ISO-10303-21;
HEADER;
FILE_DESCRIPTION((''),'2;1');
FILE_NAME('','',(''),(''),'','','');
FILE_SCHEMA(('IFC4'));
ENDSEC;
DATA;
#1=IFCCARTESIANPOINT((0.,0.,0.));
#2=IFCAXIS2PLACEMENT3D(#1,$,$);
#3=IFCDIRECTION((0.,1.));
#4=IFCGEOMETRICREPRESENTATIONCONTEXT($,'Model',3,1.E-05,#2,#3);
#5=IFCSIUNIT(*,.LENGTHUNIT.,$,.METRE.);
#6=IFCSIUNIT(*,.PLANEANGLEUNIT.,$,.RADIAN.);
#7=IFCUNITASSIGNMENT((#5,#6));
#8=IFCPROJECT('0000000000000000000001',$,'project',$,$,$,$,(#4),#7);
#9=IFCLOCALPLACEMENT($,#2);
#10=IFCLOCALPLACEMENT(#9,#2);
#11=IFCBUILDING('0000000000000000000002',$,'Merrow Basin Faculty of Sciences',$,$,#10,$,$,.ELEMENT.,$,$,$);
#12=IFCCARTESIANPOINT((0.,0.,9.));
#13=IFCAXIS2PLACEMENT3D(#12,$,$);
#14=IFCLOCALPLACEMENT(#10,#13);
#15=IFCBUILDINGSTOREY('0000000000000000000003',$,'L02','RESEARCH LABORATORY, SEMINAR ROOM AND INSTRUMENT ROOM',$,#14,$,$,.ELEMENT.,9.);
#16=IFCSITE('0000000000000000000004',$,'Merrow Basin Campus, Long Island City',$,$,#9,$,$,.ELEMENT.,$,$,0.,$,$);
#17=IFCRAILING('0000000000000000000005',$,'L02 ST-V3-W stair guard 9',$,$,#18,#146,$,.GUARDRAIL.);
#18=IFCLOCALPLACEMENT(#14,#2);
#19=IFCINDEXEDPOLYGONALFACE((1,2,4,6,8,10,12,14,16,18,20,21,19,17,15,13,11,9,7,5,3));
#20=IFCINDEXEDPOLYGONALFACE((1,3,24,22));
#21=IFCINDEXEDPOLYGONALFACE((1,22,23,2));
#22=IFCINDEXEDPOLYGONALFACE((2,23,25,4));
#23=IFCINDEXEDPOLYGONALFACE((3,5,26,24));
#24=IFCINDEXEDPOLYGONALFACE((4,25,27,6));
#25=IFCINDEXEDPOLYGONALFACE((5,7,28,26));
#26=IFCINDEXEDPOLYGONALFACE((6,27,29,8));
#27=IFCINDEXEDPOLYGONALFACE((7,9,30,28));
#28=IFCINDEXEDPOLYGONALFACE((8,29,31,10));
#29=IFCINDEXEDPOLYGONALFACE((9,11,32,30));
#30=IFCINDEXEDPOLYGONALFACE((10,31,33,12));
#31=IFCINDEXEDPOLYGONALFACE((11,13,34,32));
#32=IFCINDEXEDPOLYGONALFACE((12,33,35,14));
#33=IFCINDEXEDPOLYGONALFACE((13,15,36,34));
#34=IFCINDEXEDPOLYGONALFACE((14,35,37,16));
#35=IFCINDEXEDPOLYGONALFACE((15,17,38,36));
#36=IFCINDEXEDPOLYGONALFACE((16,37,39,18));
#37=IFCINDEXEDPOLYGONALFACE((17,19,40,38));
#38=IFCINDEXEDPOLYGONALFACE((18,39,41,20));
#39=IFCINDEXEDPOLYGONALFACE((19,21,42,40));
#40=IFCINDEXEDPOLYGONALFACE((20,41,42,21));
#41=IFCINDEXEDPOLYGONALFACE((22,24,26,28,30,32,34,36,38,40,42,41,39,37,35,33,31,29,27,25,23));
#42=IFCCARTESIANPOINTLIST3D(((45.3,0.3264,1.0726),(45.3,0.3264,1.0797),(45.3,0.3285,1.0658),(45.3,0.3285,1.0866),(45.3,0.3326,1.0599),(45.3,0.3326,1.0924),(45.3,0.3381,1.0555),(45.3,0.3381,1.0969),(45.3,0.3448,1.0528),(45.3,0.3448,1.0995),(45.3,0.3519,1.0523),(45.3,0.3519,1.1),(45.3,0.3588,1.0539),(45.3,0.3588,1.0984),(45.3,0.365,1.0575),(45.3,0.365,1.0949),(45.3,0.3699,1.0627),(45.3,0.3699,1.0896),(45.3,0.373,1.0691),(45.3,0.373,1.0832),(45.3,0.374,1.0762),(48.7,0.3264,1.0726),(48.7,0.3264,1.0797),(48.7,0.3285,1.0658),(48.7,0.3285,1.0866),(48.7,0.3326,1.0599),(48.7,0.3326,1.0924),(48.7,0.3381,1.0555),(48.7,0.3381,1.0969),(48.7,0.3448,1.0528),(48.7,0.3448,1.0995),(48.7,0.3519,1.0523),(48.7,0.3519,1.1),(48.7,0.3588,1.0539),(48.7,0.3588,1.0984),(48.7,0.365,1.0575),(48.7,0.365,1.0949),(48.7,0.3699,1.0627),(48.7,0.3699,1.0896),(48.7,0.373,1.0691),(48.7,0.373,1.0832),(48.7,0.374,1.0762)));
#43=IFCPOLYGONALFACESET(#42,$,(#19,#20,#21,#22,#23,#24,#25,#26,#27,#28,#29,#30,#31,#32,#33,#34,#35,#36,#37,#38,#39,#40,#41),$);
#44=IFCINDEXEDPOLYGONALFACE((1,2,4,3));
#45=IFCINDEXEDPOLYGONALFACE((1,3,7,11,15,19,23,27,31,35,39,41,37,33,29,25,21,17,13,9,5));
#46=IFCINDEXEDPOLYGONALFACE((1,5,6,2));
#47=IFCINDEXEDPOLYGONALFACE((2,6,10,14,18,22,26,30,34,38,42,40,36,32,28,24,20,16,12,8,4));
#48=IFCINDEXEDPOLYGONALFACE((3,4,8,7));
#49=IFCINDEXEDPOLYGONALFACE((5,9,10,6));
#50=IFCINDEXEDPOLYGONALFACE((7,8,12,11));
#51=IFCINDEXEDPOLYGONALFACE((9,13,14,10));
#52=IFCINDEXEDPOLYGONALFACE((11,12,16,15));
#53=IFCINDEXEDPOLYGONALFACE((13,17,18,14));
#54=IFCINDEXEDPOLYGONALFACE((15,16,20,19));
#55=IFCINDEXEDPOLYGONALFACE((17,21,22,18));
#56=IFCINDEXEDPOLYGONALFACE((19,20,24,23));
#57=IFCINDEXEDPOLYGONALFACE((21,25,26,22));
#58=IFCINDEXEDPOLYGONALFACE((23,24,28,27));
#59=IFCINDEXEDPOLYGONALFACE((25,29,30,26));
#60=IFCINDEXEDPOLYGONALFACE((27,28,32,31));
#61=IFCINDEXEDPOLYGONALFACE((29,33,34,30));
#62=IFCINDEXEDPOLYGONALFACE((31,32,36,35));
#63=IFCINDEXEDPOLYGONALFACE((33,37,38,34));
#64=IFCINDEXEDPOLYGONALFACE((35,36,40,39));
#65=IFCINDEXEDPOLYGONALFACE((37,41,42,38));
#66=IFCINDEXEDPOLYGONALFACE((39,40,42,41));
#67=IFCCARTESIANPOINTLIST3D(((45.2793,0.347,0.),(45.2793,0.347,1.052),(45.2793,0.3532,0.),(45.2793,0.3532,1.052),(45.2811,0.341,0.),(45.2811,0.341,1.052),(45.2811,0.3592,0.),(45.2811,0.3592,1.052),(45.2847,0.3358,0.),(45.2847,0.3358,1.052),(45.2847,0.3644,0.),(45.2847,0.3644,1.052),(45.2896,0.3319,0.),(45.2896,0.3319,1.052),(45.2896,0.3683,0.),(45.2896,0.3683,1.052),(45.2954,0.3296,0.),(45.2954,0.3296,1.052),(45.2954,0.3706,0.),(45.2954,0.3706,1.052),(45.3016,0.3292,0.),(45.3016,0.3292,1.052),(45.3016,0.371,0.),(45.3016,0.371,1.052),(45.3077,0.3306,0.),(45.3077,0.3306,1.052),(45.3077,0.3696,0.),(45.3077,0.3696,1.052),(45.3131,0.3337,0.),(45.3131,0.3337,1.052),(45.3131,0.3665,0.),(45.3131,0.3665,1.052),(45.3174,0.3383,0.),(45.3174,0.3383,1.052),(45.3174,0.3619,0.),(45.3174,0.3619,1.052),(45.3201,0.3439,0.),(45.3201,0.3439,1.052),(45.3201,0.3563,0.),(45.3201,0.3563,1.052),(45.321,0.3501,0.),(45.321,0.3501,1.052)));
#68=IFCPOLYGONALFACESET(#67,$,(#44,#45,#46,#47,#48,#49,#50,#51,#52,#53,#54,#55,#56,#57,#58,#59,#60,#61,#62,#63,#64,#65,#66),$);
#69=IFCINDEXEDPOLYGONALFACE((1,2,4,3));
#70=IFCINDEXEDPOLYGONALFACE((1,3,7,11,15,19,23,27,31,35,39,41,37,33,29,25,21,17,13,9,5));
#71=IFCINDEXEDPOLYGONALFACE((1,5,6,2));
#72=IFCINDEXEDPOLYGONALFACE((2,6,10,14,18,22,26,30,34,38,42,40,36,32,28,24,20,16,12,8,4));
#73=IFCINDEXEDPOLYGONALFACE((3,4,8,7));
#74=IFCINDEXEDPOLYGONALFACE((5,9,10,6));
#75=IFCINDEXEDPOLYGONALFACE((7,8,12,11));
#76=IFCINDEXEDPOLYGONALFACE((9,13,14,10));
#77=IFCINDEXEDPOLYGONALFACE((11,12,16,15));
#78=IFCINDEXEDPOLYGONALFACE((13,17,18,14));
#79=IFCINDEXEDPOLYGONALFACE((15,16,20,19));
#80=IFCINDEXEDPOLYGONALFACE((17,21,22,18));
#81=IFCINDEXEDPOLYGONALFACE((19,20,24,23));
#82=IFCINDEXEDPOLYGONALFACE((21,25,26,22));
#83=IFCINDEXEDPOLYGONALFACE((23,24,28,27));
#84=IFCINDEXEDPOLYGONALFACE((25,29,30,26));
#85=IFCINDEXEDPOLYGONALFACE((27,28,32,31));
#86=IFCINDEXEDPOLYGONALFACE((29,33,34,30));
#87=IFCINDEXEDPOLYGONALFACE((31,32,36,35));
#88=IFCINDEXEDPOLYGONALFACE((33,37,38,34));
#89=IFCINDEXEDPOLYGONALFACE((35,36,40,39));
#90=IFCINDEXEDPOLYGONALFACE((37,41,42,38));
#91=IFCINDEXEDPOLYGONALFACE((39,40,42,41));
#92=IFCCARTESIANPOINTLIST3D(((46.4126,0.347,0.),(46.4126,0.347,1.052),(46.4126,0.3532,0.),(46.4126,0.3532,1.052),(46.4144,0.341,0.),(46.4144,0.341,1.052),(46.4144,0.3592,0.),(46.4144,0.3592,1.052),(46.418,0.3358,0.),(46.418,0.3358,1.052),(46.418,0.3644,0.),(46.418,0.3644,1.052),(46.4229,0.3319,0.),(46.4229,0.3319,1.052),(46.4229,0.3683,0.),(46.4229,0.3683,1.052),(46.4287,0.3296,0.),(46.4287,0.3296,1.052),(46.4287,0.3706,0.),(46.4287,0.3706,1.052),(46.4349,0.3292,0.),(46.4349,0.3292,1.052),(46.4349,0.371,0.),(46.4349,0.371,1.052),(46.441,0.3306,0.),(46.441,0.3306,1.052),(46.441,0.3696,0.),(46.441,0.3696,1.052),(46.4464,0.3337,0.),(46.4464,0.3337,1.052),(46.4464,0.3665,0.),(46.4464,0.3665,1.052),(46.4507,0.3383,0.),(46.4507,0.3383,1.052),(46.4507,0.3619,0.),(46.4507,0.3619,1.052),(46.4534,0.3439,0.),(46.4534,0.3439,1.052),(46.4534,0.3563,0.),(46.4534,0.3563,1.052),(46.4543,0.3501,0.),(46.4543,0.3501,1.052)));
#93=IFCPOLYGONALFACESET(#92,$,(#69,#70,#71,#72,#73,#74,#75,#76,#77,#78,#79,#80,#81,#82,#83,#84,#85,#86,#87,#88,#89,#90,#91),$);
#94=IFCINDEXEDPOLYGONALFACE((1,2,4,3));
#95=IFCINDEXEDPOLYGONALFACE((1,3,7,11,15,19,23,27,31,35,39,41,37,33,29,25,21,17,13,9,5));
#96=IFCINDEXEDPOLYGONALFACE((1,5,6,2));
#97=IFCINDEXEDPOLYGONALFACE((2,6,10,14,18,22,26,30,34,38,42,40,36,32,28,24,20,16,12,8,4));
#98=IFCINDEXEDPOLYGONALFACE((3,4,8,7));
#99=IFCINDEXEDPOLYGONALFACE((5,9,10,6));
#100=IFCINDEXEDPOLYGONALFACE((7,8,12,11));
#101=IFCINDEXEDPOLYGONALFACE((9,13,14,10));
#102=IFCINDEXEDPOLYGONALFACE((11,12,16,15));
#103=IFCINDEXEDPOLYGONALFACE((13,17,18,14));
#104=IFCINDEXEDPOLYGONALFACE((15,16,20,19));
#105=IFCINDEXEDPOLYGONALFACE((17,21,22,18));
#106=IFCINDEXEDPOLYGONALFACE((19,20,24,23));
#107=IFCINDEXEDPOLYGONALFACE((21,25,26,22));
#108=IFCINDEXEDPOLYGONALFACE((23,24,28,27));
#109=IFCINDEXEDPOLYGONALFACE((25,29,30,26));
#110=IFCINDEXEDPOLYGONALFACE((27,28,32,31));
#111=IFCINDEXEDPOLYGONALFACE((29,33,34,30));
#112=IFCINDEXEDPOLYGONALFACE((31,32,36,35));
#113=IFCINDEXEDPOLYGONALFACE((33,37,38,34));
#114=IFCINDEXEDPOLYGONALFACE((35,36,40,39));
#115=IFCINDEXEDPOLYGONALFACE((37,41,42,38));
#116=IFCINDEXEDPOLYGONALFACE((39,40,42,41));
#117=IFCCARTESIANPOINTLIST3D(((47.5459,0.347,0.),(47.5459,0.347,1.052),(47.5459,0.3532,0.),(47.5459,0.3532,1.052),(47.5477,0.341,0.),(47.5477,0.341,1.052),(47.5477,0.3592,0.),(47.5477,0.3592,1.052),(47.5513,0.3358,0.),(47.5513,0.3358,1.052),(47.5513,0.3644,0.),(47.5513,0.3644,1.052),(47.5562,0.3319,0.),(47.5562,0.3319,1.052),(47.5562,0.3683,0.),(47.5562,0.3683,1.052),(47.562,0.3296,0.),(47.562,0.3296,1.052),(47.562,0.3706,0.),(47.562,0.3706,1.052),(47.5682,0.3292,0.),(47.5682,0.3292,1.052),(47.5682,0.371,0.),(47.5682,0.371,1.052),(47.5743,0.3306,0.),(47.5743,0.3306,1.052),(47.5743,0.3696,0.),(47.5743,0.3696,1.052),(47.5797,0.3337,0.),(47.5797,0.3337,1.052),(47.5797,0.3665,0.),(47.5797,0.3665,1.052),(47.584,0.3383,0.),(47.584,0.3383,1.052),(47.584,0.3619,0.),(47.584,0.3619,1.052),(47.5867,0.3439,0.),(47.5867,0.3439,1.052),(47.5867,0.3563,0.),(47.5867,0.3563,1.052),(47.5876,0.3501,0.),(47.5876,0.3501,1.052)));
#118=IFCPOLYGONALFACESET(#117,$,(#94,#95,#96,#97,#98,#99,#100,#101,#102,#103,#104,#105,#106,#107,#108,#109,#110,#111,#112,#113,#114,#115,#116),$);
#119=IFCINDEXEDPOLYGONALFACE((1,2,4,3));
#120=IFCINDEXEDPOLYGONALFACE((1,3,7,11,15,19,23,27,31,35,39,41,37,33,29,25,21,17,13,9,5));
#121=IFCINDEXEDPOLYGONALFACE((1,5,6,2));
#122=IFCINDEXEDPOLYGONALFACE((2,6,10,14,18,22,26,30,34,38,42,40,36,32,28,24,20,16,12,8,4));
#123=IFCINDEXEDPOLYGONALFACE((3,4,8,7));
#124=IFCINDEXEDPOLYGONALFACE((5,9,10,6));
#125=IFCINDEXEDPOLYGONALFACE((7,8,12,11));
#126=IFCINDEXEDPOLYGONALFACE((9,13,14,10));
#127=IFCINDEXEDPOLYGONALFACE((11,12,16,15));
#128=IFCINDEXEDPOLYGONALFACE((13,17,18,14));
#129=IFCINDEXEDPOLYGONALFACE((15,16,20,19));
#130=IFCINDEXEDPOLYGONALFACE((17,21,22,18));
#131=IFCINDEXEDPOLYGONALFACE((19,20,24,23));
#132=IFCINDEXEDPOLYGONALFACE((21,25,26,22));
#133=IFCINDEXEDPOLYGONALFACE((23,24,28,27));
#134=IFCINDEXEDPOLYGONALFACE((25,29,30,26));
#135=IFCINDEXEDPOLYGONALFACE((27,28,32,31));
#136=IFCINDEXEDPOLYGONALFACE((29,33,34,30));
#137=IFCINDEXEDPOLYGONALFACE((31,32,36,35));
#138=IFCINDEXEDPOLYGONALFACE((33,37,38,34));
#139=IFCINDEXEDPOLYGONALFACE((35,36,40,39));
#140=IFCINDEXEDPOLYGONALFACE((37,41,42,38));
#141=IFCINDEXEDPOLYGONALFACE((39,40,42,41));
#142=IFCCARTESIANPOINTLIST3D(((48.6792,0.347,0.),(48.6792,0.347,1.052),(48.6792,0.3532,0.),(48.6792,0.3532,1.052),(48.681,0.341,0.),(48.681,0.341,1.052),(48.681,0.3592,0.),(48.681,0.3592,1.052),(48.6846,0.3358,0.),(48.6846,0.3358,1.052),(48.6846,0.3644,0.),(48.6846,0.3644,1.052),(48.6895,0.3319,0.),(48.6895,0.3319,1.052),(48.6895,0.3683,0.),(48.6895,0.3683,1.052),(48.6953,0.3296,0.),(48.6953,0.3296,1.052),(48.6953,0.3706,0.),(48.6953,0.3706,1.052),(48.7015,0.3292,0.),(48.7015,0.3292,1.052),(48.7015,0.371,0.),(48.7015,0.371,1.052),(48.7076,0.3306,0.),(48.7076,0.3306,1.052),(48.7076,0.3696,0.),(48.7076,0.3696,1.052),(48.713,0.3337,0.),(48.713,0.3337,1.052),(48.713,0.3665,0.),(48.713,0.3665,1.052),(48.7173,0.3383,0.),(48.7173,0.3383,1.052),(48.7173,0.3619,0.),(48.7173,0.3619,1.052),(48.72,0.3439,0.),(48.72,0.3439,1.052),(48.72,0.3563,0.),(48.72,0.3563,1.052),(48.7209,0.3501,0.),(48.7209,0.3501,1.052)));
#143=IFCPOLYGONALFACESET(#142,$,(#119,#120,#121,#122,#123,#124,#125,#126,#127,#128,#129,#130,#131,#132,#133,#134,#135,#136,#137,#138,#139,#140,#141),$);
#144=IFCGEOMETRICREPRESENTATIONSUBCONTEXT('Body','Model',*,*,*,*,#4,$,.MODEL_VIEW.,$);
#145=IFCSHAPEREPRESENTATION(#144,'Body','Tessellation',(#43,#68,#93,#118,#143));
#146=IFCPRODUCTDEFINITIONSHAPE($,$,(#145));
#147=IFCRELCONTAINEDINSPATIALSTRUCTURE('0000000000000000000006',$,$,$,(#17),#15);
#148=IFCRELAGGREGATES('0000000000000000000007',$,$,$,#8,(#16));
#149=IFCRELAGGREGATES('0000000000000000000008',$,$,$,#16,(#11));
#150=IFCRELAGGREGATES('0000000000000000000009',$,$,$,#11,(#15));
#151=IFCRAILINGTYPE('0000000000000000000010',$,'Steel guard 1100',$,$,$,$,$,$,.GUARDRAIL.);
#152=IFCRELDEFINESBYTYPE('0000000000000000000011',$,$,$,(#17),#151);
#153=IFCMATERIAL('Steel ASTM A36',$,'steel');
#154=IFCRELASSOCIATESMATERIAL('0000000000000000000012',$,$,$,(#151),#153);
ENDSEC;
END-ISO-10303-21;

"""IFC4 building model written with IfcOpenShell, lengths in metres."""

from ifc_helpers import new_model, si_unit, direction, frame, origin, origin_2d, place, context, subcontext, project, spatial, circle, extrude, material, type_object, element, save


model = new_model("IFC4")

# Units and contexts
model_context = context("Model", 3, precision=1e-05, world=origin(), true_north=direction((0.0, 1.0)))
body_context = subcontext(model_context, "Body", "Model", "MODEL_VIEW")
ifc_project = project(units=[si_unit("LENGTHUNIT", "METRE"), si_unit("PLANEANGLEUNIT", "RADIAN")], contexts=[model_context])

# Site, building, storey
site_placement = place(None, origin())
site = spatial("IfcSite", under=ifc_project, at=site_placement, Name="Merrow Basin Campus, Long Island City", CompositionType="ELEMENT", RefElevation=0.0)
building_placement = place(site_placement, origin())
building = spatial("IfcBuilding", under=site, at=building_placement, Name="Merrow Basin Faculty of Sciences", CompositionType="ELEMENT")
storey_placement = place(building_placement, frame((0.0, 0.0, 9.0)))
storey = spatial("IfcBuildingStorey", under=building, at=storey_placement, Name="L02", Description="RESEARCH LABORATORY, SEMINAR ROOM AND INSTRUMENT ROOM", CompositionType="ELEMENT", Elevation=9.0)

# Railing
ifc_material_1 = material(Name="Steel ASTM A36", Category="steel")
railing_type_1 = type_object("IfcRailingType", Name="Steel guard 1100", PredefinedType="GUARDRAIL", material=ifc_material_1)
railing_1_placement = place(storey_placement, frame((45.3, 0.3501, 0.0)))
element("IfcRailing", 1, at=railing_1_placement, inside=storey, type_object=railing_type_1, Name="L02 ST-V3-W stair guard 9", PredefinedType="GUARDRAIL", context=body_context, shape_type="SweptSolid", body=[
    extrude(circle(Radius=0.0239, at=origin_2d()), frame((0.0, 0.0, 1.0762), z_axis=(1.0, 0.0, 0.0), x_axis=(0.0, 1.0, 0.0)), (0.0, 0.0, 1.0), 3.3999),
    extrude(circle(Radius=0.021, at=origin_2d()), origin(), (0.0, 0.0, 1.0), 1.052),
    extrude(circle(Radius=0.021, at=origin_2d()), frame((1.1333, 0.0, 0.0)), (0.0, 0.0, 1.0), 1.052),
    extrude(circle(Radius=0.021, at=origin_2d()), frame((2.2666, 0.0, 0.0)), (0.0, 0.0, 1.0), 1.052),
    extrude(circle(Radius=0.021, at=origin_2d()), frame((3.3999, 0.0, 0.0)), (0.0, 0.0, 1.0), 1.052),
])

save(model, "model.ifc")
